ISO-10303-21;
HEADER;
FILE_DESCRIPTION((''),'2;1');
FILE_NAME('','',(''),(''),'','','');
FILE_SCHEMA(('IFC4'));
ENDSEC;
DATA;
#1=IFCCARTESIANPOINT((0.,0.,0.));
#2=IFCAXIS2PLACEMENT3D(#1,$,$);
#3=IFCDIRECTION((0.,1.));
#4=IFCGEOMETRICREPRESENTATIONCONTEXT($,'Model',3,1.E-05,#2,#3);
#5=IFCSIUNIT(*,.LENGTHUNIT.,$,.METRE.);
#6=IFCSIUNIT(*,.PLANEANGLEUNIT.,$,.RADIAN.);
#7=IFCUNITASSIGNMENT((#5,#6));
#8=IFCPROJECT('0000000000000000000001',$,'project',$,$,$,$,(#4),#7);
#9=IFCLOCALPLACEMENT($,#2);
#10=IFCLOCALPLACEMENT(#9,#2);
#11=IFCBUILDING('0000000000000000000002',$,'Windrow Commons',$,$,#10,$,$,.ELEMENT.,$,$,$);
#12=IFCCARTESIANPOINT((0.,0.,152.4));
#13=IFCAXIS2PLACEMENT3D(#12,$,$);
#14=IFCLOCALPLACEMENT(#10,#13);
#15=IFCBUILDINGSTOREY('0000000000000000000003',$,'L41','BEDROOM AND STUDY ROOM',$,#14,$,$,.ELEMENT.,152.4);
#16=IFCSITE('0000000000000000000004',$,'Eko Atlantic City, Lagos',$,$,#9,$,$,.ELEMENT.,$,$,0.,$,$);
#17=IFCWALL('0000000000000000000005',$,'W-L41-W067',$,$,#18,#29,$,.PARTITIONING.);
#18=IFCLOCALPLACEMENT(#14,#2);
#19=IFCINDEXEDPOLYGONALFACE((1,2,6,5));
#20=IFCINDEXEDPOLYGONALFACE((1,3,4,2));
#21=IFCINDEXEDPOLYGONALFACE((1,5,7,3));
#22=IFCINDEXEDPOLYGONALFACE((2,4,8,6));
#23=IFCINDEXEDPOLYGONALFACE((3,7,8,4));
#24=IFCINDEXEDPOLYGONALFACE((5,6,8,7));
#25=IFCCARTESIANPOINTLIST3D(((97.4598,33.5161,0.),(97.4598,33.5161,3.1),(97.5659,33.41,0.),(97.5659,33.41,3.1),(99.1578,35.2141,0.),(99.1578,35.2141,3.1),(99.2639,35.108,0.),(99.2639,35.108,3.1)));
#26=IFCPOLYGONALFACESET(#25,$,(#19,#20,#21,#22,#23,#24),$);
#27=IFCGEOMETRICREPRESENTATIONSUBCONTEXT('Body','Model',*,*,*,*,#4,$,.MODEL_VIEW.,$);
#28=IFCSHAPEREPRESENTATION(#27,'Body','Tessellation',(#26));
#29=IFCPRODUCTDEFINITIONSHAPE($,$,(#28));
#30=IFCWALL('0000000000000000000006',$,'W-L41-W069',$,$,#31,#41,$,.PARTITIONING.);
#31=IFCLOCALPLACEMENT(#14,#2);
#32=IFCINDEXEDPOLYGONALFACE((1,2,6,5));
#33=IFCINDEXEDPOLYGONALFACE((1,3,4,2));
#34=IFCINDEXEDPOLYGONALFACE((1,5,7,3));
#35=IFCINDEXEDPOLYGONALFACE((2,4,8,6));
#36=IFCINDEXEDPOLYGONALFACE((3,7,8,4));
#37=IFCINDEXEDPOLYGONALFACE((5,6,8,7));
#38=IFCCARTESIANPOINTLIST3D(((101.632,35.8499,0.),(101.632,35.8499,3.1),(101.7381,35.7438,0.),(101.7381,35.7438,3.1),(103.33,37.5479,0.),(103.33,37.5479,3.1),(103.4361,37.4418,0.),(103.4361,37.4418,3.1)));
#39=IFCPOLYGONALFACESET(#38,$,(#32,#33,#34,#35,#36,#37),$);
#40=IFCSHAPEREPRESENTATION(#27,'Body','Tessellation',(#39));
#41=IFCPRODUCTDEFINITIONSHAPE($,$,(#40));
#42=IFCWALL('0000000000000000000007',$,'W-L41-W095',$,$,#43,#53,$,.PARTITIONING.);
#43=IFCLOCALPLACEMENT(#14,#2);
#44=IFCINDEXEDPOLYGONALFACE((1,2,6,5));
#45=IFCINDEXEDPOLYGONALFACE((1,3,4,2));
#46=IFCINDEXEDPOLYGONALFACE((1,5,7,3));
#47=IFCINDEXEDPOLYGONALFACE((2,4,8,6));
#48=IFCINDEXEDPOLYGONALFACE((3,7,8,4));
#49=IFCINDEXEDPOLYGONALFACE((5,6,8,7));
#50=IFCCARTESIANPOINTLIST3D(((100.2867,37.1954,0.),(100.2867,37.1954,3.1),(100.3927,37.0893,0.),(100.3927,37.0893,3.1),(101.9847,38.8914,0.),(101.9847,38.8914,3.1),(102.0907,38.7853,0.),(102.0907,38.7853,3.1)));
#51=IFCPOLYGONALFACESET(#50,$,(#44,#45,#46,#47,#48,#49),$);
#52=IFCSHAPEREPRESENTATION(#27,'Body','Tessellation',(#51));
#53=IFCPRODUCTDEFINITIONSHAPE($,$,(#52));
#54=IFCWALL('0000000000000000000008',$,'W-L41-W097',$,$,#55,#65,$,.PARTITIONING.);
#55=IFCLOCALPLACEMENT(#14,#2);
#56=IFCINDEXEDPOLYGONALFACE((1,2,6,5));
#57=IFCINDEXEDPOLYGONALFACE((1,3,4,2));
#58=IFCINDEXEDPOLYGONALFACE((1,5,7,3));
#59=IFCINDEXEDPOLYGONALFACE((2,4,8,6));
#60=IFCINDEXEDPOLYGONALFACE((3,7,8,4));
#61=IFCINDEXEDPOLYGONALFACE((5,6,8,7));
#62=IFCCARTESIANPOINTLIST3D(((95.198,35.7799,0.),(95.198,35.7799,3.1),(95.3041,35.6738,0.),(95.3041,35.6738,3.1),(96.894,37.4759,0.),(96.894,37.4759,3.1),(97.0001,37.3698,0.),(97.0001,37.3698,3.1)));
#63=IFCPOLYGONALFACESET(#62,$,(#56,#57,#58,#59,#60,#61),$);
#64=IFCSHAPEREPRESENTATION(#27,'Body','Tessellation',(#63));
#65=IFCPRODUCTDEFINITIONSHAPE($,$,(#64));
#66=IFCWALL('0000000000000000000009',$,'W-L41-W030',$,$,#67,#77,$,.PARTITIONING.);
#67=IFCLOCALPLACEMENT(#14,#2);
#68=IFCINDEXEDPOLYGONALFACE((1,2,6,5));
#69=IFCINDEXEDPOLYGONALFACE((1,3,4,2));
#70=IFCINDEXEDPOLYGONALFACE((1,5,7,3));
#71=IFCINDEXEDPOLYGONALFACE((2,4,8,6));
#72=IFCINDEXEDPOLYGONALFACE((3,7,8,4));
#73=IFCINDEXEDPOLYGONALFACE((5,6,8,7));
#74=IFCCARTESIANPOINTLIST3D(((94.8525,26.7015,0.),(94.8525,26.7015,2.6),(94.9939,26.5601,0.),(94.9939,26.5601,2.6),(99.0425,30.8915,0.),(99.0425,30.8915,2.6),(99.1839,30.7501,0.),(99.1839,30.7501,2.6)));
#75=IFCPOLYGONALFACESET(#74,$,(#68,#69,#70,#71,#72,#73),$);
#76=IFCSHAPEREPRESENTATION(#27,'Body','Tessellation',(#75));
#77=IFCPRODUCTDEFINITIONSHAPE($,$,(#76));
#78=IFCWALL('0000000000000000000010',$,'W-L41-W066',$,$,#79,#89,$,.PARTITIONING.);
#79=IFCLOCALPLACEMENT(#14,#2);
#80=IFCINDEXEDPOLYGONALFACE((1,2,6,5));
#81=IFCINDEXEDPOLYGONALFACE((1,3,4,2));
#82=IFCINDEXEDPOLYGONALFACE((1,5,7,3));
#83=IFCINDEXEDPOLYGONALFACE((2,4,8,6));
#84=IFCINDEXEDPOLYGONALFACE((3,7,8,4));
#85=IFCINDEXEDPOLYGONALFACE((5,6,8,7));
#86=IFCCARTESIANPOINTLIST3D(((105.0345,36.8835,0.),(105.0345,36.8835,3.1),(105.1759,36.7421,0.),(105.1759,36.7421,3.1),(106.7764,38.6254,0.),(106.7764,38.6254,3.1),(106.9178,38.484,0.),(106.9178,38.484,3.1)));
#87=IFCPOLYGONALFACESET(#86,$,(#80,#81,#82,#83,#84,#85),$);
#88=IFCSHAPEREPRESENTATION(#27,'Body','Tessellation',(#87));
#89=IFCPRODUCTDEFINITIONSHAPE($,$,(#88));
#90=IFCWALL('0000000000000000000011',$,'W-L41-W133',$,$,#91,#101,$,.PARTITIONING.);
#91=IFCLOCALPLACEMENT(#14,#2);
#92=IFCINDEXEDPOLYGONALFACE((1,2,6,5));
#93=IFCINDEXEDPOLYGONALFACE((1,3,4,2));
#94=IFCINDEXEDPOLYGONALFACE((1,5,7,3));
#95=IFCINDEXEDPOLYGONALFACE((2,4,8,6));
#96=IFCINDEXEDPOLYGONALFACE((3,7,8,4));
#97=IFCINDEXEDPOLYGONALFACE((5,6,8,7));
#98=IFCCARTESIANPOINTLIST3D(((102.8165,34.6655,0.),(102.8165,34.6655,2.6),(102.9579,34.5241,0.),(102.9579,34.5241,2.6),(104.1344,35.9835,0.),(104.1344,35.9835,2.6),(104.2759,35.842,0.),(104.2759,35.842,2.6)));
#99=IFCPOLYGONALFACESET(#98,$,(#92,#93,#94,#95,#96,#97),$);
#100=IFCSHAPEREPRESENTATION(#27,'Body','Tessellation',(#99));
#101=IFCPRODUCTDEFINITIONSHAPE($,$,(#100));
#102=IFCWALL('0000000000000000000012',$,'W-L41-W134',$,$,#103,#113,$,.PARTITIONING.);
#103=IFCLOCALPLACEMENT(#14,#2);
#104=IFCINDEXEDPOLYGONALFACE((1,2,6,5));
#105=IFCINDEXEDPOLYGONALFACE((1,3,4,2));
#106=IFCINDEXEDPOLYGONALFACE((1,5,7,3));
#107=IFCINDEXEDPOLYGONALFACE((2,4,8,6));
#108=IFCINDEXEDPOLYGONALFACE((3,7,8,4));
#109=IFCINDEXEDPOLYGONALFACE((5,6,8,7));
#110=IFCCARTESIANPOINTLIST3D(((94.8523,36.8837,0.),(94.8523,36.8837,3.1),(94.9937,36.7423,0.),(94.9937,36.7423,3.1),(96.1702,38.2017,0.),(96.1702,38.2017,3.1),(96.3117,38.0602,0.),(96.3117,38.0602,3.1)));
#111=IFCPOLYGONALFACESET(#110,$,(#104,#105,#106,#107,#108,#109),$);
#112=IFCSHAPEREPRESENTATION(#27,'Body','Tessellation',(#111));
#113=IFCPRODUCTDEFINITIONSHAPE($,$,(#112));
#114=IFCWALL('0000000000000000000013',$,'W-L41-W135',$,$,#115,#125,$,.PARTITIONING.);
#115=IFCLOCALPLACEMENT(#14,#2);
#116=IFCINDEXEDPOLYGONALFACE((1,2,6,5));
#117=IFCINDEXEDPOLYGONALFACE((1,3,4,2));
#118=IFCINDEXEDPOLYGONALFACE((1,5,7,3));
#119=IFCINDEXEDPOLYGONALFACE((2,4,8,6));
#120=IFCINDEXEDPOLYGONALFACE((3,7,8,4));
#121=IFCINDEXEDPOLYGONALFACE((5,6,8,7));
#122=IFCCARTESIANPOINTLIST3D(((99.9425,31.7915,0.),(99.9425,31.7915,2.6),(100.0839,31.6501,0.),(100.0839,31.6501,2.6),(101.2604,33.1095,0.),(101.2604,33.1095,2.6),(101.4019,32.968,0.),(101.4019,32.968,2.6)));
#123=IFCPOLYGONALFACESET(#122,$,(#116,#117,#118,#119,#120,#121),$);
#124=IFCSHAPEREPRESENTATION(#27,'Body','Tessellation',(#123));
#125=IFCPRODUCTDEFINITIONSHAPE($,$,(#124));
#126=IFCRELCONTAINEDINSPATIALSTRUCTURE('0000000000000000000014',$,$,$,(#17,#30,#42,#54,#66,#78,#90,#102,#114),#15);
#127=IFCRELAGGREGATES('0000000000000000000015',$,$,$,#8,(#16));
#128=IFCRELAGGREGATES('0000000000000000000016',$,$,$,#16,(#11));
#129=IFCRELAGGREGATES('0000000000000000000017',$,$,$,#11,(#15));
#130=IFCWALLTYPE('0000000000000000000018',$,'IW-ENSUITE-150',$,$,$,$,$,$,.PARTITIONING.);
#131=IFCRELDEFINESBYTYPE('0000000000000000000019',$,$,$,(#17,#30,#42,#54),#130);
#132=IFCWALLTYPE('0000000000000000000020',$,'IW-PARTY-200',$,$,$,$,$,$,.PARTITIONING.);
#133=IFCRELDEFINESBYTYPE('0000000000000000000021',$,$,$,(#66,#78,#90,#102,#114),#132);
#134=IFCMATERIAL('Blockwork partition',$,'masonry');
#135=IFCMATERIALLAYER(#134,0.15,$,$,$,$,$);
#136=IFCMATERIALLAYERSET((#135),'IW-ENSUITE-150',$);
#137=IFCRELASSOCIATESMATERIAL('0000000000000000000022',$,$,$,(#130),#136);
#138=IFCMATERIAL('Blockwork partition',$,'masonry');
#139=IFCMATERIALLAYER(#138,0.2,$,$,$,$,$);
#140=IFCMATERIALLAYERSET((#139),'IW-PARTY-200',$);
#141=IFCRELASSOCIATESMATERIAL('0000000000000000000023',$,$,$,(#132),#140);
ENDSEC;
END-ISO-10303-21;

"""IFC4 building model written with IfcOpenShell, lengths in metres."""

from ifc_helpers import new_model, si_unit, direction, frame, frame_2d, origin, place, context, subcontext, project, spatial, rectangle, extrude, material, layer, layer_set, type_object, element, save


model = new_model("IFC4")

# Units and contexts
model_context = context("Model", 3, precision=1e-05, world=origin(), true_north=direction((0.0, 1.0)))
body_context = subcontext(model_context, "Body", "Model", "MODEL_VIEW")
ifc_project = project(units=[si_unit("LENGTHUNIT", "METRE"), si_unit("PLANEANGLEUNIT", "RADIAN")], contexts=[model_context])

# Site, building, storey
site_placement = place(None, origin())
site = spatial("IfcSite", under=ifc_project, at=site_placement, Name="Eko Atlantic City, Lagos", CompositionType="ELEMENT", RefElevation=0.0)
building_placement = place(site_placement, origin())
building = spatial("IfcBuilding", under=site, at=building_placement, Name="Windrow Commons", CompositionType="ELEMENT")
storey_placement = place(building_placement, frame((0.0, 0.0, 152.4)))
storey = spatial("IfcBuildingStorey", under=building, at=storey_placement, Name="L41", Description="BEDROOM AND STUDY ROOM", CompositionType="ELEMENT", Elevation=152.4)

# Shared definitions
ifc_material_1 = material(Name="Blockwork partition", Category="masonry")
ifc_layer_1 = layer(ifc_material_1, 0.15)
ifc_layer_set_1 = layer_set([ifc_layer_1], Name="IW-ENSUITE-150")
wall_type_1 = type_object("IfcWallType", Name="IW-ENSUITE-150", PredefinedType="PARTITIONING", material=ifc_layer_set_1)

# Walls
for number, where, z_axis, x_axis, name in (
    (1, (97.5129, 33.4631, 0.0), (0.0, 0.0, 1.0), (0.707107, 0.707107, 0.0), "W-L41-W067"),
    (2, (101.6851, 35.7969, 0.0), (0.0, 0.0, 1.0), (0.707107, 0.707107, 0.0), "W-L41-W069"),
):
    element("IfcWall", number, at=place(storey_placement, frame(where, z_axis=z_axis, x_axis=x_axis)), inside=storey, type_object=wall_type_1, Name=name, PredefinedType="PARTITIONING", context=body_context, shape_type="SweptSolid", body=[
        extrude(rectangle(XDim=2.4013, YDim=0.15, at=frame_2d((1.2006, 0.0))), origin(), (0.0, 0.0, 1.0), 3.1),
    ])
wall_1_placement = place(storey_placement, frame((100.3397, 37.1423, 0.0), z_axis=(0.0, 0.0, 1.0), x_axis=(0.707523, 0.70669, 0.0)))
element("IfcWall", 3, at=wall_1_placement, inside=storey, type_object=wall_type_1, Name="W-L41-W095", PredefinedType="PARTITIONING", context=body_context, shape_type="SweptSolid", body=[
    extrude(rectangle(XDim=2.3999, YDim=0.15, at=frame_2d((1.2, 0.0))), origin(), (0.0, 0.0, 1.0), 3.1),
])
wall_2_placement = place(storey_placement, frame((95.2511, 35.7269, 0.0), z_axis=(0.0, 0.0, 1.0), x_axis=(0.707107, 0.707107, 0.0)))
element("IfcWall", 4, at=wall_2_placement, inside=storey, type_object=wall_type_1, Name="W-L41-W097", PredefinedType="PARTITIONING", context=body_context, shape_type="SweptSolid", body=[
    extrude(rectangle(XDim=2.3985, YDim=0.15, at=frame_2d((1.1992, 0.0))), origin(), (0.0, 0.0, 1.0), 3.1),
])
ifc_material_2 = material(Name="Blockwork partition", Category="masonry")
ifc_layer_2 = layer(ifc_material_2, 0.2)
ifc_layer_set_2 = layer_set([ifc_layer_2], Name="IW-PARTY-200")
wall_type_2 = type_object("IfcWallType", Name="IW-PARTY-200", PredefinedType="PARTITIONING", material=ifc_layer_set_2)
wall_3_placement = place(storey_placement, frame((94.9232, 26.6308, 0.0), z_axis=(0.0, 0.0, 1.0), x_axis=(0.707107, 0.707107, 0.0)))
element("IfcWall", 5, at=wall_3_placement, inside=storey, type_object=wall_type_2, Name="W-L41-W030", PredefinedType="PARTITIONING", context=body_context, shape_type="SweptSolid", body=[
    extrude(rectangle(XDim=5.9256, YDim=0.2, at=frame_2d((2.9628, 0.0))), origin(), (0.0, 0.0, 1.0), 2.6),
])
wall_4_placement = place(storey_placement, frame((105.1052, 36.8128, 0.0), z_axis=(0.0, 0.0, 1.0), x_axis=(0.707107, 0.707107, 0.0)))
element("IfcWall", 6, at=wall_4_placement, inside=storey, type_object=wall_type_2, Name="W-L41-W066", PredefinedType="PARTITIONING", context=body_context, shape_type="SweptSolid", body=[
    extrude(rectangle(XDim=2.4634, YDim=0.2, at=frame_2d((1.2317, 0.0))), origin(), (0.0, 0.0, 1.0), 3.1),
])
wall_5_placement = place(storey_placement, frame((102.8872, 34.5948, 0.0), z_axis=(0.0, 0.0, 1.0), x_axis=(0.707107, 0.707107, 0.0)))
element("IfcWall", 7, at=wall_5_placement, inside=storey, type_object=wall_type_2, Name="W-L41-W133", PredefinedType="PARTITIONING", context=body_context, shape_type="SweptSolid", body=[
    extrude(rectangle(XDim=1.8639, YDim=0.2, at=frame_2d((0.9319, 0.0))), origin(), (0.0, 0.0, 1.0), 2.6),
])
wall_6_placement = place(storey_placement, frame((94.923, 36.813, 0.0), z_axis=(0.0, 0.0, 1.0), x_axis=(0.707107, 0.707107, 0.0)))
element("IfcWall", 8, at=wall_6_placement, inside=storey, type_object=wall_type_2, Name="W-L41-W134", PredefinedType="PARTITIONING", context=body_context, shape_type="SweptSolid", body=[
    extrude(rectangle(XDim=1.8639, YDim=0.2, at=frame_2d((0.9319, 0.0))), origin(), (0.0, 0.0, 1.0), 3.1),
])
wall_7_placement = place(storey_placement, frame((100.0132, 31.7208, 0.0), z_axis=(0.0, 0.0, 1.0), x_axis=(0.707107, 0.707107, 0.0)))
element("IfcWall", 9, at=wall_7_placement, inside=storey, type_object=wall_type_2, Name="W-L41-W135", PredefinedType="PARTITIONING", context=body_context, shape_type="SweptSolid", body=[
    extrude(rectangle(XDim=1.8639, YDim=0.2, at=frame_2d((0.9319, 0.0))), origin(), (0.0, 0.0, 1.0), 2.6),
])

save(model, "model.ifc")
